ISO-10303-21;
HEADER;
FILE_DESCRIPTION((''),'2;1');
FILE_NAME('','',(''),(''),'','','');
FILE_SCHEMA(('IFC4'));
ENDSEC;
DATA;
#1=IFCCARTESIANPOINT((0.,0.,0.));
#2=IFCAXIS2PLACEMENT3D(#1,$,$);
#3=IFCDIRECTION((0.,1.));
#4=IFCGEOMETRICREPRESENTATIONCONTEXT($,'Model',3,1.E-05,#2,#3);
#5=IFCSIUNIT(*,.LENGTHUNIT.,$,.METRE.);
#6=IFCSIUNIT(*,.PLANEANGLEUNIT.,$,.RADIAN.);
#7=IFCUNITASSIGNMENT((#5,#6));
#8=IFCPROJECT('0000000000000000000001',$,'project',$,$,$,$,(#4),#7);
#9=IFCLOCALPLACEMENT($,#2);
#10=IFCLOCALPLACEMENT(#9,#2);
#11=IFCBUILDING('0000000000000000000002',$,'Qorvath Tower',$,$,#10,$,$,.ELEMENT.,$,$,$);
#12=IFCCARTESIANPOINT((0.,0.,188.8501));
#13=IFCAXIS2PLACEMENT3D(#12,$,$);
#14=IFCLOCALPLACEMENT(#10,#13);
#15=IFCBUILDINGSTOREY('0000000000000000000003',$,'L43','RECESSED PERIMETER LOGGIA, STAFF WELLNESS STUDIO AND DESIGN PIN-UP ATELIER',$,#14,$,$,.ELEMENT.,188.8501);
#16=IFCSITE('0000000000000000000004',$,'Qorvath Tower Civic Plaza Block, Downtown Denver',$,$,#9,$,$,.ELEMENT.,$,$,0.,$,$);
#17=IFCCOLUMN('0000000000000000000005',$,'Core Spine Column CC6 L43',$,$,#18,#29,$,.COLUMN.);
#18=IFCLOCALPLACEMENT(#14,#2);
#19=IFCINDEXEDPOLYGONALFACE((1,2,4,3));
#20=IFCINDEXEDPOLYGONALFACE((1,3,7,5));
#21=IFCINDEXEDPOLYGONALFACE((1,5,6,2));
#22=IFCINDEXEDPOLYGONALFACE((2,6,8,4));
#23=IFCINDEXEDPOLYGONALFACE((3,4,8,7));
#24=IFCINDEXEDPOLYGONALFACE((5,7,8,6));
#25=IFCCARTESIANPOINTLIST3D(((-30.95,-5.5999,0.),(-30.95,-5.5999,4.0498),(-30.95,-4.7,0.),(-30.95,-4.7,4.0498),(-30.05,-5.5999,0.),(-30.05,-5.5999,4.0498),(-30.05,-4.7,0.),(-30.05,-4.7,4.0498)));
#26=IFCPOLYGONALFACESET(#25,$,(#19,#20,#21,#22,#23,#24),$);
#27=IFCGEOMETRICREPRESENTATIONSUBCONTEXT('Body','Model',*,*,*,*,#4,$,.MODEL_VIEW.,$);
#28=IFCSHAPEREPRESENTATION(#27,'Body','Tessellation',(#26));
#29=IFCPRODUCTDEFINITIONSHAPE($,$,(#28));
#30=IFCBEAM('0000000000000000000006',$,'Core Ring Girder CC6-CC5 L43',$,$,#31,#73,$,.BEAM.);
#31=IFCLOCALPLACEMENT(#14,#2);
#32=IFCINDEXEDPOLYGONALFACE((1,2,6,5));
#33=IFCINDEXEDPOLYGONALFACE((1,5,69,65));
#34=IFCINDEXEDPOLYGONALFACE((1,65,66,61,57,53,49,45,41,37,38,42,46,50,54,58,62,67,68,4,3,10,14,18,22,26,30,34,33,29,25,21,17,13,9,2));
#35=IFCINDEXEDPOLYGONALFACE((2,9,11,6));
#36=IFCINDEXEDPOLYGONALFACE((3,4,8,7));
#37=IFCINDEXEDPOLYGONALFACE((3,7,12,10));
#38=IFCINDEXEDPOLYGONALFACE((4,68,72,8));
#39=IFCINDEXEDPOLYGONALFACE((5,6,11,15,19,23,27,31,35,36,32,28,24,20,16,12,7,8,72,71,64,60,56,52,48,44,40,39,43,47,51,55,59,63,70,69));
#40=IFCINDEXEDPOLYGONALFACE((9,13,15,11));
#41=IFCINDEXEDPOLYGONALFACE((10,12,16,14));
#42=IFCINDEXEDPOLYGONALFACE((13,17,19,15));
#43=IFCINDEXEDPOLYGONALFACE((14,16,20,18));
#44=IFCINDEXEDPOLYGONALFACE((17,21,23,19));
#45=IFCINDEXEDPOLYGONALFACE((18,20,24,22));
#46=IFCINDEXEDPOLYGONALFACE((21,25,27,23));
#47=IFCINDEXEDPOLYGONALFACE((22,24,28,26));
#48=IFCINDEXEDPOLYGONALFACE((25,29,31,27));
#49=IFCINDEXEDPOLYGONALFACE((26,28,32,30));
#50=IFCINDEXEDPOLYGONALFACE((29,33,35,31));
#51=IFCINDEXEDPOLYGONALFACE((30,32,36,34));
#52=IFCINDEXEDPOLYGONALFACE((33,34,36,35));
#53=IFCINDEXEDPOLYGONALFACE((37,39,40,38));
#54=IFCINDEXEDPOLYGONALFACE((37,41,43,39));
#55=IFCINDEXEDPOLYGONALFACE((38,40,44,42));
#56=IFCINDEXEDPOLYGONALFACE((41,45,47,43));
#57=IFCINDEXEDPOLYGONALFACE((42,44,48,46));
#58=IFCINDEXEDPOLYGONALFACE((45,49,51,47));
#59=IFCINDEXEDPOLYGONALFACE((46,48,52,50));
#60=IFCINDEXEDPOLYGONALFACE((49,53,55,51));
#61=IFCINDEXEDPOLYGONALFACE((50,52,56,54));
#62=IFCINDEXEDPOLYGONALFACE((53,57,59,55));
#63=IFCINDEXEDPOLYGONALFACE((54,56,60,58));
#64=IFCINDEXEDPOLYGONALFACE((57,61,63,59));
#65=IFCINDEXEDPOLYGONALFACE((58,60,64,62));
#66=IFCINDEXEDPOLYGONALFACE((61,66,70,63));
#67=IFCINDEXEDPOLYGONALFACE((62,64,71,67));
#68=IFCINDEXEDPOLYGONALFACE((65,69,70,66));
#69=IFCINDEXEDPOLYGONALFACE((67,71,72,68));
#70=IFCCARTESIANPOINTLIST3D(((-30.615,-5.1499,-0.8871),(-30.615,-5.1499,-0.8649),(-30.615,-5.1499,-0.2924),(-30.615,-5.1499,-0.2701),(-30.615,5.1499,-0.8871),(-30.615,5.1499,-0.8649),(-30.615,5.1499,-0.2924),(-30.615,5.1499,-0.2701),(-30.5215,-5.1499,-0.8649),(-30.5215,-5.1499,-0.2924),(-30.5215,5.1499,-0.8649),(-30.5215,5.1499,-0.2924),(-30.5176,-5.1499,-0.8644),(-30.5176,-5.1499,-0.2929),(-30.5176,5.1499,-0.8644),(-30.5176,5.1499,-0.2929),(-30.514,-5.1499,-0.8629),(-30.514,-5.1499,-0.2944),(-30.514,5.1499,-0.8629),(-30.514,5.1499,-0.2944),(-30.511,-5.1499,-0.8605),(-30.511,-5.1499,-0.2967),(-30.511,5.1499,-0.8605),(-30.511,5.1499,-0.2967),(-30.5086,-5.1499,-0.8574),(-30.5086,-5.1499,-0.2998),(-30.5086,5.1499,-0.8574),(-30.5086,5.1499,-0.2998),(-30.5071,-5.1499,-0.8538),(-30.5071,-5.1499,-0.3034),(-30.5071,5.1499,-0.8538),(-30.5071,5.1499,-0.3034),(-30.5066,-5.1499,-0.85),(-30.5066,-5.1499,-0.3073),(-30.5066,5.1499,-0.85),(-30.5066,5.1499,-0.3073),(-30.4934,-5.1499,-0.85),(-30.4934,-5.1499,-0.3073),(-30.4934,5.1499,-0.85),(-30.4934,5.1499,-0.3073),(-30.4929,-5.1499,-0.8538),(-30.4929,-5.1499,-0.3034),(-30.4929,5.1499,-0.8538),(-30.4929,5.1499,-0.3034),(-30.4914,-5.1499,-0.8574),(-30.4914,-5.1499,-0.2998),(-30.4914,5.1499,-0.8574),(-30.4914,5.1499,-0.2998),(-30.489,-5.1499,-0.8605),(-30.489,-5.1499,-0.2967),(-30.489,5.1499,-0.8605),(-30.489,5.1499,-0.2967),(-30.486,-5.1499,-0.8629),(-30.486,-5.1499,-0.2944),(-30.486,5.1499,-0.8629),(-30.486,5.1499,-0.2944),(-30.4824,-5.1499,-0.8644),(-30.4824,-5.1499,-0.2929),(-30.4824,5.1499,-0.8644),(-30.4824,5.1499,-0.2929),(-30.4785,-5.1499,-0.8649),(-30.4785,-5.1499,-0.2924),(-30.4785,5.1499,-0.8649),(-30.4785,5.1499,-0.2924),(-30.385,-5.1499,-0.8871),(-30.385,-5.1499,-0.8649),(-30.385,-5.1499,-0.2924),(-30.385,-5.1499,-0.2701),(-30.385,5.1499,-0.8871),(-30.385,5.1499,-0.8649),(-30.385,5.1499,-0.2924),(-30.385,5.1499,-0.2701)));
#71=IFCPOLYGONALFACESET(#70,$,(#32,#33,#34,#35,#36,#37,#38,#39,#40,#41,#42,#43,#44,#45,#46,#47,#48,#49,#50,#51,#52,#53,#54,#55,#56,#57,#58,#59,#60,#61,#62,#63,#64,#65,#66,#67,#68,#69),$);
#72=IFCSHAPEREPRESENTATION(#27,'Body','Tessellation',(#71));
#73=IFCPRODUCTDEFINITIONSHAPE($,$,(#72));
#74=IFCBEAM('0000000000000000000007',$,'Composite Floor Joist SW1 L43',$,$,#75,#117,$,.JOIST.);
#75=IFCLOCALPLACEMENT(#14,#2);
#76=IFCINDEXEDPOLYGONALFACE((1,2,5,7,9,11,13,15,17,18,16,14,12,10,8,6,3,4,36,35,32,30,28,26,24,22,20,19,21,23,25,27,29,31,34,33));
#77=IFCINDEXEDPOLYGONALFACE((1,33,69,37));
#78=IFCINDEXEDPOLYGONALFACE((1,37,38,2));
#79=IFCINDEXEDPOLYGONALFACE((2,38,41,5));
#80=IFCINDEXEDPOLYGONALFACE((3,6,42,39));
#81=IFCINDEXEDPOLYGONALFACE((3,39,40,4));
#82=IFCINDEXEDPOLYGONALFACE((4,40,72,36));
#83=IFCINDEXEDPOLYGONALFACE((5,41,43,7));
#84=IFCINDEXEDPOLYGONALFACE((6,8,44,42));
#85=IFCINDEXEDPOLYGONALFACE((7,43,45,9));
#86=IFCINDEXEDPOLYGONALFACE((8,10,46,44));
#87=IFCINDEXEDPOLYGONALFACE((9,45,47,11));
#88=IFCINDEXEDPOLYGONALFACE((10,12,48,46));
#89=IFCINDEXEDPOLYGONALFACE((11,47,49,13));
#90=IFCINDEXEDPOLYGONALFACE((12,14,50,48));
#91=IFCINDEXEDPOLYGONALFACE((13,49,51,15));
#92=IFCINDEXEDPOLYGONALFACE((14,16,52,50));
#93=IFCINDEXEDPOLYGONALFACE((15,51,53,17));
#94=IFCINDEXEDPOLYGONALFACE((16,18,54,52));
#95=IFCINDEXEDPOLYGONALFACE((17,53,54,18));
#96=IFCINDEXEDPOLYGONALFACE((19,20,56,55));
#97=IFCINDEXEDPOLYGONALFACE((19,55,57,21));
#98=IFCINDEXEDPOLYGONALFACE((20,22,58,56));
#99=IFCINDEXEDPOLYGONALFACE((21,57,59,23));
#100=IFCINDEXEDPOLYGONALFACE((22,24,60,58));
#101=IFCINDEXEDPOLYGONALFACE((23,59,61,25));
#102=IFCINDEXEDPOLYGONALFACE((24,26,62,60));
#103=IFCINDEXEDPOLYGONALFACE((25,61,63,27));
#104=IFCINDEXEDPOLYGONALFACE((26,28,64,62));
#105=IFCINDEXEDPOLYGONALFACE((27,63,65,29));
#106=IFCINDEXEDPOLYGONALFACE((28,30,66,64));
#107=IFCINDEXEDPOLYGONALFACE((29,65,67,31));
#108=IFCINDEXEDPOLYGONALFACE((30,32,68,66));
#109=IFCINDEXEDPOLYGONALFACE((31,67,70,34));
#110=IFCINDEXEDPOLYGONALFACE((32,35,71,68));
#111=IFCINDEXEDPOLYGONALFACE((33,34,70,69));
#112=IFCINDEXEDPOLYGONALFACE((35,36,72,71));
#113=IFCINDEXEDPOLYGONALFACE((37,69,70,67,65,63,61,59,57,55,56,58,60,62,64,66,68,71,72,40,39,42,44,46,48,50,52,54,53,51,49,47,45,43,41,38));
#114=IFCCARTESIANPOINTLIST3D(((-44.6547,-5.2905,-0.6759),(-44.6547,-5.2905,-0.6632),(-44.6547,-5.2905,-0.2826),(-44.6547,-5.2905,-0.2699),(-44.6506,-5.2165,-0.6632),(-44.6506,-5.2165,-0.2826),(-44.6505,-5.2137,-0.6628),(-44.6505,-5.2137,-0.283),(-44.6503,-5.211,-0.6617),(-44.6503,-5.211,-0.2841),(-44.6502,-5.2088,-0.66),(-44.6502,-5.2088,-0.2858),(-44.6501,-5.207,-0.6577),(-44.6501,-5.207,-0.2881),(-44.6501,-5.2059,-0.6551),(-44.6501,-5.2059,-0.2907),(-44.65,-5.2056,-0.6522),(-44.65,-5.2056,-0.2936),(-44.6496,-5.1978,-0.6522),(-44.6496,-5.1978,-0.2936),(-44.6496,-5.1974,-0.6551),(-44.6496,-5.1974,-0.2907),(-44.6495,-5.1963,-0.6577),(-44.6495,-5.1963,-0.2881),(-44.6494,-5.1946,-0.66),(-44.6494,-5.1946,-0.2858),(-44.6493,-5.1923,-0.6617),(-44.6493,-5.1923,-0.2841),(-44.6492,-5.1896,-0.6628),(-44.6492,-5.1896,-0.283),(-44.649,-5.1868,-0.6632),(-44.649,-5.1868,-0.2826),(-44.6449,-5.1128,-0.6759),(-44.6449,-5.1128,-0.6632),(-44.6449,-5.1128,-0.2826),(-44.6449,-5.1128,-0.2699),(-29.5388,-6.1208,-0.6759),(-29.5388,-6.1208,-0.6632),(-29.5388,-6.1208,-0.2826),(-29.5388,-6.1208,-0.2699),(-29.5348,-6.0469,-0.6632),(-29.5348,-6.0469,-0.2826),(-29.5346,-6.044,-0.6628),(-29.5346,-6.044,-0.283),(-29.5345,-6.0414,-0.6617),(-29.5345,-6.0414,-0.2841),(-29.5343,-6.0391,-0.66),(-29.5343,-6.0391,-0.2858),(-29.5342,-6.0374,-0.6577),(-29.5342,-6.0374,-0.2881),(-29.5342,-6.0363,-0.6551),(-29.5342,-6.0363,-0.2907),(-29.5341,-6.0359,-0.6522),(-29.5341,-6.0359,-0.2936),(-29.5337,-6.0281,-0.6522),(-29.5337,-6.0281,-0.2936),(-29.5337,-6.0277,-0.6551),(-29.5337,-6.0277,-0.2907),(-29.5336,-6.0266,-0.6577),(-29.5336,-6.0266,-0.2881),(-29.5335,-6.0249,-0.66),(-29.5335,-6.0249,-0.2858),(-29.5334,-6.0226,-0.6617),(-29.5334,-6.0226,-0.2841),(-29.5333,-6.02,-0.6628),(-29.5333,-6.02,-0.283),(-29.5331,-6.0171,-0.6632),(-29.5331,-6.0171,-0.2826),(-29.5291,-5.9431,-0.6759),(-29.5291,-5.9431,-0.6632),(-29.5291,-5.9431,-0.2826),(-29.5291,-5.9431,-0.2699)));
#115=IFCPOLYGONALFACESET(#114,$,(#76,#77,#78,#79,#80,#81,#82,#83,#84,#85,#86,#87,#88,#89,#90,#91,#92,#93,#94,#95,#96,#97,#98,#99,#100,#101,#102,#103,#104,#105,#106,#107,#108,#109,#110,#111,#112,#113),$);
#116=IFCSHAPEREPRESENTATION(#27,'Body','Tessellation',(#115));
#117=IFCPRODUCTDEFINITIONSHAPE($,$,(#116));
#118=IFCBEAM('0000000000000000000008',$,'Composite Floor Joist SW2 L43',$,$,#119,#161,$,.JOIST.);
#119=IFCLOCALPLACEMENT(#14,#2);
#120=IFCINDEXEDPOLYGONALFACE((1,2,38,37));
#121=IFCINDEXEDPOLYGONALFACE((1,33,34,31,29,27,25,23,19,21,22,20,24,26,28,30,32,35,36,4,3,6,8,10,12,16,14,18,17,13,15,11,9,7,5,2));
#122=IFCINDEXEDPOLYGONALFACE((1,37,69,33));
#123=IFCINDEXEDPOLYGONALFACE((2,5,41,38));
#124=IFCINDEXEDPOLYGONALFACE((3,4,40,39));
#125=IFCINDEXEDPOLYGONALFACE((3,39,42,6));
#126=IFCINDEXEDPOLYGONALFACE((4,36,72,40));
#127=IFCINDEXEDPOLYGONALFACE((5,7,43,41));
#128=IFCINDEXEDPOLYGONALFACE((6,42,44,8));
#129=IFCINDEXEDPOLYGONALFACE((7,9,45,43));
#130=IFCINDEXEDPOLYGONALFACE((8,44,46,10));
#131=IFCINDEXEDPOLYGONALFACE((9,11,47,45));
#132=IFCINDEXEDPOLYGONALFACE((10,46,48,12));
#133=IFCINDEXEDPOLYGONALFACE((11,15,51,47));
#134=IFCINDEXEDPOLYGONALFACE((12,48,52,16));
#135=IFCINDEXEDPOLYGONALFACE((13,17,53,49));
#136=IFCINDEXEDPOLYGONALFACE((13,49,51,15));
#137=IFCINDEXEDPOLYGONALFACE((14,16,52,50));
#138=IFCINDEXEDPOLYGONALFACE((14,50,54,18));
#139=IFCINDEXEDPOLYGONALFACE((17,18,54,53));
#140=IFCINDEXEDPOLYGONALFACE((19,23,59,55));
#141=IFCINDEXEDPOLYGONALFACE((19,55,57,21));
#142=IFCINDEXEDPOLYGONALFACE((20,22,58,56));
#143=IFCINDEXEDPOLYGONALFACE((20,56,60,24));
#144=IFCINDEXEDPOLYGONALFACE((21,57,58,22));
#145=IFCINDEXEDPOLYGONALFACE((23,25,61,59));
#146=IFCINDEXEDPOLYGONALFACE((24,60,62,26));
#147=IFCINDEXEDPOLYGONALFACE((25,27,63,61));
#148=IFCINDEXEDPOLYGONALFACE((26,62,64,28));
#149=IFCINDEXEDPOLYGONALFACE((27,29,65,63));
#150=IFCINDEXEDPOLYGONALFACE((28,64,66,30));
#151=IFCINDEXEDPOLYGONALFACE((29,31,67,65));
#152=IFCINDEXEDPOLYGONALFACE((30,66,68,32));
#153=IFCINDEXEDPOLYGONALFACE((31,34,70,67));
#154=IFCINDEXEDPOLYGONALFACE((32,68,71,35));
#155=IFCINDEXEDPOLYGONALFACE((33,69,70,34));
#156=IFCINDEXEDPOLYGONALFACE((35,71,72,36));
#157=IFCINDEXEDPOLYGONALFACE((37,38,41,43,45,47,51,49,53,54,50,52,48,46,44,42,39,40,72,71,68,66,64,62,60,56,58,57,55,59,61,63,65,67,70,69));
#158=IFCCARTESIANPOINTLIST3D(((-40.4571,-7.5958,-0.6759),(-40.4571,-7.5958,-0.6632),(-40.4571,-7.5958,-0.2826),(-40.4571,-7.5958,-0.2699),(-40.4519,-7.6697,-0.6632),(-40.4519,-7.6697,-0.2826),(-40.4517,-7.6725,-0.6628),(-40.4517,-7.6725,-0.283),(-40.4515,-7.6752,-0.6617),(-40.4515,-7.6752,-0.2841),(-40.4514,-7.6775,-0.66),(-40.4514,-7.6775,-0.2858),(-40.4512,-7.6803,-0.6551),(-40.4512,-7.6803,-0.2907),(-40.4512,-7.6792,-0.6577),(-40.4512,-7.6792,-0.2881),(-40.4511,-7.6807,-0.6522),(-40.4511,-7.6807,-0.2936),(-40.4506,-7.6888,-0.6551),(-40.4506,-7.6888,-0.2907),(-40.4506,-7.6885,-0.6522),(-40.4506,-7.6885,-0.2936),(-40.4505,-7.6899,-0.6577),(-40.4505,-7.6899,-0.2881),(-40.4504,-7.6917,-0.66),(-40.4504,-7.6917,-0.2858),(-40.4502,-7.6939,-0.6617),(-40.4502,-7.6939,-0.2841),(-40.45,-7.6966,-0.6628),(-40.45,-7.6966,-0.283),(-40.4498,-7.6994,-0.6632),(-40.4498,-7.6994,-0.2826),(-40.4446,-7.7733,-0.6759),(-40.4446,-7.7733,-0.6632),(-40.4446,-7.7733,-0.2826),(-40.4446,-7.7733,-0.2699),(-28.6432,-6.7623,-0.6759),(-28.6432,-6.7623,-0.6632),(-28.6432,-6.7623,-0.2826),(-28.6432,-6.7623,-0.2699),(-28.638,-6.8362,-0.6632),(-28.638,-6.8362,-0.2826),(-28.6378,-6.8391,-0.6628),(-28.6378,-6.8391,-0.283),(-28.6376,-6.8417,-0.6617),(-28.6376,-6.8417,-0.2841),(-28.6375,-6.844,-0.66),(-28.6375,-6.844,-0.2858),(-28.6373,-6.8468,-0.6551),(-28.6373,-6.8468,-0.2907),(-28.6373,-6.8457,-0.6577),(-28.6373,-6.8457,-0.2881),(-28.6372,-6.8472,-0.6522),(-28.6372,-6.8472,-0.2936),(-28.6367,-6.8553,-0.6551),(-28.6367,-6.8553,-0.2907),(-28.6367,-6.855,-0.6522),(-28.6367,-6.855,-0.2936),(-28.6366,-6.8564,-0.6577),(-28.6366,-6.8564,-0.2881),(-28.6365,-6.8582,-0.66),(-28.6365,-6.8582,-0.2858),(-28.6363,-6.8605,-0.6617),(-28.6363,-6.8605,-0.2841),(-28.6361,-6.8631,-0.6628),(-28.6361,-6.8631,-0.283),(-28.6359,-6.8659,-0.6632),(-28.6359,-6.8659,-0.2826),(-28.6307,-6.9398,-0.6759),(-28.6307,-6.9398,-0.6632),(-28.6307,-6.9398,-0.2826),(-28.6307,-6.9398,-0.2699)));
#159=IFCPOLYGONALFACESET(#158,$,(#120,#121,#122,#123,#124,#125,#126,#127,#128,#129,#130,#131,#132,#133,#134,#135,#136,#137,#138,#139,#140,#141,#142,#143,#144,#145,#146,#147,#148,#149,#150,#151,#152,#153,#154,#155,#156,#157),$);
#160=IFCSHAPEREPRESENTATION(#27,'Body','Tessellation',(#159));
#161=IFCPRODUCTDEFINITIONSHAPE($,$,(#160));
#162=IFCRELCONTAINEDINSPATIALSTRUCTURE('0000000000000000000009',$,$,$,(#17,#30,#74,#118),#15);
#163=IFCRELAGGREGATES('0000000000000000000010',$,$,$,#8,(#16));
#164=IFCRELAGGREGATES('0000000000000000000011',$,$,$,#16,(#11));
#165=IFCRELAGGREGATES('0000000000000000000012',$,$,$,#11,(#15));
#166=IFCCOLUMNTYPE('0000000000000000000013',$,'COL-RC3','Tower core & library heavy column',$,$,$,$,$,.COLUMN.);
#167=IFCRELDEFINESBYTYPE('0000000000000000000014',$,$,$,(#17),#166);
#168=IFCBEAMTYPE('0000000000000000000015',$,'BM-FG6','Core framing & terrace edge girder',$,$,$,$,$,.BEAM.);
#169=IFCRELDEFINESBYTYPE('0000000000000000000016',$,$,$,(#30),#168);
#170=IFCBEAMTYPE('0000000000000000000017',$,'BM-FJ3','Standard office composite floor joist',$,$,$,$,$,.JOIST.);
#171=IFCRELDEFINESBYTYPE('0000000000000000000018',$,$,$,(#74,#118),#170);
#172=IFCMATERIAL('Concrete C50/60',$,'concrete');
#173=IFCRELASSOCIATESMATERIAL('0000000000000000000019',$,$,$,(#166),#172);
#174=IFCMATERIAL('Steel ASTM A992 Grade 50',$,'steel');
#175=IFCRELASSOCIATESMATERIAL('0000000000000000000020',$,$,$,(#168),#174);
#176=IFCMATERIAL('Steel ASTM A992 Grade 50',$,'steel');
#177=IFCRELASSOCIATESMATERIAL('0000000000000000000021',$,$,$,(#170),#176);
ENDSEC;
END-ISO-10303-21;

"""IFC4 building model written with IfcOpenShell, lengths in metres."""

from ifc_helpers import new_model, si_unit, direction, frame, origin, origin_2d, place, context, subcontext, project, spatial, rectangle, i_section, extrude, material, material_profile, profile_set, type_object, element, save


model = new_model("IFC4")

# Units and contexts
model_context = context("Model", 3, precision=1e-05, world=origin(), true_north=direction((0.0, 1.0)))
body_context = subcontext(model_context, "Body", "Model", "MODEL_VIEW")
ifc_project = project(units=[si_unit("LENGTHUNIT", "METRE"), si_unit("PLANEANGLEUNIT", "RADIAN")], contexts=[model_context])

# Site, building, storey
site_placement = place(None, origin())
site = spatial("IfcSite", under=ifc_project, at=site_placement, Name="Qorvath Tower Civic Plaza Block, Downtown Denver", CompositionType="ELEMENT", RefElevation=0.0)
building_placement = place(site_placement, origin())
building = spatial("IfcBuilding", under=site, at=building_placement, Name="Qorvath Tower", CompositionType="ELEMENT")
storey_placement = place(building_placement, frame((0.0, 0.0, 188.8501)))
storey = spatial("IfcBuildingStorey", under=building, at=storey_placement, Name="L43", Description="RECESSED PERIMETER LOGGIA, STAFF WELLNESS STUDIO AND DESIGN PIN-UP ATELIER", CompositionType="ELEMENT", Elevation=188.8501)

# Column
ifc_material_1 = material(Name="Concrete C50/60", Category="concrete")
ifc_material_profile_1 = material_profile(ifc_material_1, rectangle(XDim=0.8999, YDim=0.8999, at=origin_2d()), Name="RC 900x900")
ifc_profile_set_1 = profile_set([ifc_material_profile_1], Name="Concrete C50/60")
column_type = type_object("IfcColumnType", Name="COL-RC3", Description="Tower core & library heavy column", PredefinedType="COLUMN", material=ifc_profile_set_1)
column_placement = place(storey_placement, frame((-30.5, -5.1499, 0.0), z_axis=(0.0, 0.0, 1.0), x_axis=(1.0, 0.0, 0.0)))
element("IfcColumn", 1, at=column_placement, inside=storey, type_object=column_type, Name="Core Spine Column CC6 L43", PredefinedType="COLUMN", context=body_context, shape_type="SweptSolid", body=[
    extrude(rectangle(XDim=0.8999, YDim=0.8999, at=origin_2d()), origin(), (0.0, 0.0, 1.0), 4.0498),
])

# Beams
ifc_material_2 = material(Name="Steel ASTM A992 Grade 50", Category="steel")
ifc_material_profile_2 = material_profile(ifc_material_2, i_section(OverallWidth=0.23, OverallDepth=0.6169, WebThickness=0.0132, FlangeThickness=0.0222, FilletRadius=0.0149, at=origin_2d()), Name="W24x94")
ifc_profile_set_2 = profile_set([ifc_material_profile_2], Name="Steel ASTM A992 Grade 50")
beam_type_1 = type_object("IfcBeamType", Name="BM-FG6", Description="Core framing & terrace edge girder", PredefinedType="BEAM", material=ifc_profile_set_2)
beam_1_placement = place(storey_placement, frame((-30.5, -5.1499, -0.5786), z_axis=(0.0, 1.0, 0.0), x_axis=(-1.0, 0.0, 0.0)))
element("IfcBeam", 2, at=beam_1_placement, inside=storey, type_object=beam_type_1, Name="Core Ring Girder CC6-CC5 L43", PredefinedType="BEAM", context=body_context, shape_type="SweptSolid", body=[
    extrude(i_section(OverallWidth=0.23, OverallDepth=0.6169, WebThickness=0.0132, FlangeThickness=0.0222, FilletRadius=0.0149, at=origin_2d()), origin(), (0.0, 0.0, 1.0), 10.2998),
])
ifc_material_3 = material(Name="Steel ASTM A992 Grade 50", Category="steel")
ifc_material_profile_3 = material_profile(ifc_material_3, i_section(OverallWidth=0.178, OverallDepth=0.406, WebThickness=0.0078, FlangeThickness=0.0127, FilletRadius=0.011, at=origin_2d()), Name="W16x40")
ifc_profile_set_3 = profile_set([ifc_material_profile_3], Name="Steel ASTM A992 Grade 50")
beam_type_2 = type_object("IfcBeamType", Name="BM-FJ3", Description="Standard office composite floor joist", PredefinedType="JOIST", material=ifc_profile_set_3)
beam_2_placement = place(storey_placement, frame((-29.5339, -6.032, -0.4729), z_axis=(-0.998495, 0.054847, 0.0), x_axis=(-0.054847, -0.998495, 0.0)))
element("IfcBeam", 3, at=beam_2_placement, inside=storey, type_object=beam_type_2, Name="Composite Floor Joist SW1 L43", PredefinedType="JOIST", context=body_context, shape_type="SweptSolid", body=[
    extrude(i_section(OverallWidth=0.178, OverallDepth=0.406, WebThickness=0.0078, FlangeThickness=0.0127, FilletRadius=0.011, at=origin_2d()), origin(), (0.0, 0.0, 1.0), 15.1387),
])
beam_3_placement = place(storey_placement, frame((-28.637, -6.8511, -0.4729), z_axis=(-0.99752, -0.070377, 0.0), x_axis=(0.070377, -0.99752, 0.0)))
element("IfcBeam", 4, at=beam_3_placement, inside=storey, type_object=beam_type_2, Name="Composite Floor Joist SW2 L43", PredefinedType="JOIST", context=body_context, shape_type="SweptSolid", body=[
    extrude(i_section(OverallWidth=0.178, OverallDepth=0.406, WebThickness=0.0078, FlangeThickness=0.0127, FilletRadius=0.011, at=origin_2d()), origin(), (0.0, 0.0, 1.0), 11.8433),
])

save(model, "model.ifc")
